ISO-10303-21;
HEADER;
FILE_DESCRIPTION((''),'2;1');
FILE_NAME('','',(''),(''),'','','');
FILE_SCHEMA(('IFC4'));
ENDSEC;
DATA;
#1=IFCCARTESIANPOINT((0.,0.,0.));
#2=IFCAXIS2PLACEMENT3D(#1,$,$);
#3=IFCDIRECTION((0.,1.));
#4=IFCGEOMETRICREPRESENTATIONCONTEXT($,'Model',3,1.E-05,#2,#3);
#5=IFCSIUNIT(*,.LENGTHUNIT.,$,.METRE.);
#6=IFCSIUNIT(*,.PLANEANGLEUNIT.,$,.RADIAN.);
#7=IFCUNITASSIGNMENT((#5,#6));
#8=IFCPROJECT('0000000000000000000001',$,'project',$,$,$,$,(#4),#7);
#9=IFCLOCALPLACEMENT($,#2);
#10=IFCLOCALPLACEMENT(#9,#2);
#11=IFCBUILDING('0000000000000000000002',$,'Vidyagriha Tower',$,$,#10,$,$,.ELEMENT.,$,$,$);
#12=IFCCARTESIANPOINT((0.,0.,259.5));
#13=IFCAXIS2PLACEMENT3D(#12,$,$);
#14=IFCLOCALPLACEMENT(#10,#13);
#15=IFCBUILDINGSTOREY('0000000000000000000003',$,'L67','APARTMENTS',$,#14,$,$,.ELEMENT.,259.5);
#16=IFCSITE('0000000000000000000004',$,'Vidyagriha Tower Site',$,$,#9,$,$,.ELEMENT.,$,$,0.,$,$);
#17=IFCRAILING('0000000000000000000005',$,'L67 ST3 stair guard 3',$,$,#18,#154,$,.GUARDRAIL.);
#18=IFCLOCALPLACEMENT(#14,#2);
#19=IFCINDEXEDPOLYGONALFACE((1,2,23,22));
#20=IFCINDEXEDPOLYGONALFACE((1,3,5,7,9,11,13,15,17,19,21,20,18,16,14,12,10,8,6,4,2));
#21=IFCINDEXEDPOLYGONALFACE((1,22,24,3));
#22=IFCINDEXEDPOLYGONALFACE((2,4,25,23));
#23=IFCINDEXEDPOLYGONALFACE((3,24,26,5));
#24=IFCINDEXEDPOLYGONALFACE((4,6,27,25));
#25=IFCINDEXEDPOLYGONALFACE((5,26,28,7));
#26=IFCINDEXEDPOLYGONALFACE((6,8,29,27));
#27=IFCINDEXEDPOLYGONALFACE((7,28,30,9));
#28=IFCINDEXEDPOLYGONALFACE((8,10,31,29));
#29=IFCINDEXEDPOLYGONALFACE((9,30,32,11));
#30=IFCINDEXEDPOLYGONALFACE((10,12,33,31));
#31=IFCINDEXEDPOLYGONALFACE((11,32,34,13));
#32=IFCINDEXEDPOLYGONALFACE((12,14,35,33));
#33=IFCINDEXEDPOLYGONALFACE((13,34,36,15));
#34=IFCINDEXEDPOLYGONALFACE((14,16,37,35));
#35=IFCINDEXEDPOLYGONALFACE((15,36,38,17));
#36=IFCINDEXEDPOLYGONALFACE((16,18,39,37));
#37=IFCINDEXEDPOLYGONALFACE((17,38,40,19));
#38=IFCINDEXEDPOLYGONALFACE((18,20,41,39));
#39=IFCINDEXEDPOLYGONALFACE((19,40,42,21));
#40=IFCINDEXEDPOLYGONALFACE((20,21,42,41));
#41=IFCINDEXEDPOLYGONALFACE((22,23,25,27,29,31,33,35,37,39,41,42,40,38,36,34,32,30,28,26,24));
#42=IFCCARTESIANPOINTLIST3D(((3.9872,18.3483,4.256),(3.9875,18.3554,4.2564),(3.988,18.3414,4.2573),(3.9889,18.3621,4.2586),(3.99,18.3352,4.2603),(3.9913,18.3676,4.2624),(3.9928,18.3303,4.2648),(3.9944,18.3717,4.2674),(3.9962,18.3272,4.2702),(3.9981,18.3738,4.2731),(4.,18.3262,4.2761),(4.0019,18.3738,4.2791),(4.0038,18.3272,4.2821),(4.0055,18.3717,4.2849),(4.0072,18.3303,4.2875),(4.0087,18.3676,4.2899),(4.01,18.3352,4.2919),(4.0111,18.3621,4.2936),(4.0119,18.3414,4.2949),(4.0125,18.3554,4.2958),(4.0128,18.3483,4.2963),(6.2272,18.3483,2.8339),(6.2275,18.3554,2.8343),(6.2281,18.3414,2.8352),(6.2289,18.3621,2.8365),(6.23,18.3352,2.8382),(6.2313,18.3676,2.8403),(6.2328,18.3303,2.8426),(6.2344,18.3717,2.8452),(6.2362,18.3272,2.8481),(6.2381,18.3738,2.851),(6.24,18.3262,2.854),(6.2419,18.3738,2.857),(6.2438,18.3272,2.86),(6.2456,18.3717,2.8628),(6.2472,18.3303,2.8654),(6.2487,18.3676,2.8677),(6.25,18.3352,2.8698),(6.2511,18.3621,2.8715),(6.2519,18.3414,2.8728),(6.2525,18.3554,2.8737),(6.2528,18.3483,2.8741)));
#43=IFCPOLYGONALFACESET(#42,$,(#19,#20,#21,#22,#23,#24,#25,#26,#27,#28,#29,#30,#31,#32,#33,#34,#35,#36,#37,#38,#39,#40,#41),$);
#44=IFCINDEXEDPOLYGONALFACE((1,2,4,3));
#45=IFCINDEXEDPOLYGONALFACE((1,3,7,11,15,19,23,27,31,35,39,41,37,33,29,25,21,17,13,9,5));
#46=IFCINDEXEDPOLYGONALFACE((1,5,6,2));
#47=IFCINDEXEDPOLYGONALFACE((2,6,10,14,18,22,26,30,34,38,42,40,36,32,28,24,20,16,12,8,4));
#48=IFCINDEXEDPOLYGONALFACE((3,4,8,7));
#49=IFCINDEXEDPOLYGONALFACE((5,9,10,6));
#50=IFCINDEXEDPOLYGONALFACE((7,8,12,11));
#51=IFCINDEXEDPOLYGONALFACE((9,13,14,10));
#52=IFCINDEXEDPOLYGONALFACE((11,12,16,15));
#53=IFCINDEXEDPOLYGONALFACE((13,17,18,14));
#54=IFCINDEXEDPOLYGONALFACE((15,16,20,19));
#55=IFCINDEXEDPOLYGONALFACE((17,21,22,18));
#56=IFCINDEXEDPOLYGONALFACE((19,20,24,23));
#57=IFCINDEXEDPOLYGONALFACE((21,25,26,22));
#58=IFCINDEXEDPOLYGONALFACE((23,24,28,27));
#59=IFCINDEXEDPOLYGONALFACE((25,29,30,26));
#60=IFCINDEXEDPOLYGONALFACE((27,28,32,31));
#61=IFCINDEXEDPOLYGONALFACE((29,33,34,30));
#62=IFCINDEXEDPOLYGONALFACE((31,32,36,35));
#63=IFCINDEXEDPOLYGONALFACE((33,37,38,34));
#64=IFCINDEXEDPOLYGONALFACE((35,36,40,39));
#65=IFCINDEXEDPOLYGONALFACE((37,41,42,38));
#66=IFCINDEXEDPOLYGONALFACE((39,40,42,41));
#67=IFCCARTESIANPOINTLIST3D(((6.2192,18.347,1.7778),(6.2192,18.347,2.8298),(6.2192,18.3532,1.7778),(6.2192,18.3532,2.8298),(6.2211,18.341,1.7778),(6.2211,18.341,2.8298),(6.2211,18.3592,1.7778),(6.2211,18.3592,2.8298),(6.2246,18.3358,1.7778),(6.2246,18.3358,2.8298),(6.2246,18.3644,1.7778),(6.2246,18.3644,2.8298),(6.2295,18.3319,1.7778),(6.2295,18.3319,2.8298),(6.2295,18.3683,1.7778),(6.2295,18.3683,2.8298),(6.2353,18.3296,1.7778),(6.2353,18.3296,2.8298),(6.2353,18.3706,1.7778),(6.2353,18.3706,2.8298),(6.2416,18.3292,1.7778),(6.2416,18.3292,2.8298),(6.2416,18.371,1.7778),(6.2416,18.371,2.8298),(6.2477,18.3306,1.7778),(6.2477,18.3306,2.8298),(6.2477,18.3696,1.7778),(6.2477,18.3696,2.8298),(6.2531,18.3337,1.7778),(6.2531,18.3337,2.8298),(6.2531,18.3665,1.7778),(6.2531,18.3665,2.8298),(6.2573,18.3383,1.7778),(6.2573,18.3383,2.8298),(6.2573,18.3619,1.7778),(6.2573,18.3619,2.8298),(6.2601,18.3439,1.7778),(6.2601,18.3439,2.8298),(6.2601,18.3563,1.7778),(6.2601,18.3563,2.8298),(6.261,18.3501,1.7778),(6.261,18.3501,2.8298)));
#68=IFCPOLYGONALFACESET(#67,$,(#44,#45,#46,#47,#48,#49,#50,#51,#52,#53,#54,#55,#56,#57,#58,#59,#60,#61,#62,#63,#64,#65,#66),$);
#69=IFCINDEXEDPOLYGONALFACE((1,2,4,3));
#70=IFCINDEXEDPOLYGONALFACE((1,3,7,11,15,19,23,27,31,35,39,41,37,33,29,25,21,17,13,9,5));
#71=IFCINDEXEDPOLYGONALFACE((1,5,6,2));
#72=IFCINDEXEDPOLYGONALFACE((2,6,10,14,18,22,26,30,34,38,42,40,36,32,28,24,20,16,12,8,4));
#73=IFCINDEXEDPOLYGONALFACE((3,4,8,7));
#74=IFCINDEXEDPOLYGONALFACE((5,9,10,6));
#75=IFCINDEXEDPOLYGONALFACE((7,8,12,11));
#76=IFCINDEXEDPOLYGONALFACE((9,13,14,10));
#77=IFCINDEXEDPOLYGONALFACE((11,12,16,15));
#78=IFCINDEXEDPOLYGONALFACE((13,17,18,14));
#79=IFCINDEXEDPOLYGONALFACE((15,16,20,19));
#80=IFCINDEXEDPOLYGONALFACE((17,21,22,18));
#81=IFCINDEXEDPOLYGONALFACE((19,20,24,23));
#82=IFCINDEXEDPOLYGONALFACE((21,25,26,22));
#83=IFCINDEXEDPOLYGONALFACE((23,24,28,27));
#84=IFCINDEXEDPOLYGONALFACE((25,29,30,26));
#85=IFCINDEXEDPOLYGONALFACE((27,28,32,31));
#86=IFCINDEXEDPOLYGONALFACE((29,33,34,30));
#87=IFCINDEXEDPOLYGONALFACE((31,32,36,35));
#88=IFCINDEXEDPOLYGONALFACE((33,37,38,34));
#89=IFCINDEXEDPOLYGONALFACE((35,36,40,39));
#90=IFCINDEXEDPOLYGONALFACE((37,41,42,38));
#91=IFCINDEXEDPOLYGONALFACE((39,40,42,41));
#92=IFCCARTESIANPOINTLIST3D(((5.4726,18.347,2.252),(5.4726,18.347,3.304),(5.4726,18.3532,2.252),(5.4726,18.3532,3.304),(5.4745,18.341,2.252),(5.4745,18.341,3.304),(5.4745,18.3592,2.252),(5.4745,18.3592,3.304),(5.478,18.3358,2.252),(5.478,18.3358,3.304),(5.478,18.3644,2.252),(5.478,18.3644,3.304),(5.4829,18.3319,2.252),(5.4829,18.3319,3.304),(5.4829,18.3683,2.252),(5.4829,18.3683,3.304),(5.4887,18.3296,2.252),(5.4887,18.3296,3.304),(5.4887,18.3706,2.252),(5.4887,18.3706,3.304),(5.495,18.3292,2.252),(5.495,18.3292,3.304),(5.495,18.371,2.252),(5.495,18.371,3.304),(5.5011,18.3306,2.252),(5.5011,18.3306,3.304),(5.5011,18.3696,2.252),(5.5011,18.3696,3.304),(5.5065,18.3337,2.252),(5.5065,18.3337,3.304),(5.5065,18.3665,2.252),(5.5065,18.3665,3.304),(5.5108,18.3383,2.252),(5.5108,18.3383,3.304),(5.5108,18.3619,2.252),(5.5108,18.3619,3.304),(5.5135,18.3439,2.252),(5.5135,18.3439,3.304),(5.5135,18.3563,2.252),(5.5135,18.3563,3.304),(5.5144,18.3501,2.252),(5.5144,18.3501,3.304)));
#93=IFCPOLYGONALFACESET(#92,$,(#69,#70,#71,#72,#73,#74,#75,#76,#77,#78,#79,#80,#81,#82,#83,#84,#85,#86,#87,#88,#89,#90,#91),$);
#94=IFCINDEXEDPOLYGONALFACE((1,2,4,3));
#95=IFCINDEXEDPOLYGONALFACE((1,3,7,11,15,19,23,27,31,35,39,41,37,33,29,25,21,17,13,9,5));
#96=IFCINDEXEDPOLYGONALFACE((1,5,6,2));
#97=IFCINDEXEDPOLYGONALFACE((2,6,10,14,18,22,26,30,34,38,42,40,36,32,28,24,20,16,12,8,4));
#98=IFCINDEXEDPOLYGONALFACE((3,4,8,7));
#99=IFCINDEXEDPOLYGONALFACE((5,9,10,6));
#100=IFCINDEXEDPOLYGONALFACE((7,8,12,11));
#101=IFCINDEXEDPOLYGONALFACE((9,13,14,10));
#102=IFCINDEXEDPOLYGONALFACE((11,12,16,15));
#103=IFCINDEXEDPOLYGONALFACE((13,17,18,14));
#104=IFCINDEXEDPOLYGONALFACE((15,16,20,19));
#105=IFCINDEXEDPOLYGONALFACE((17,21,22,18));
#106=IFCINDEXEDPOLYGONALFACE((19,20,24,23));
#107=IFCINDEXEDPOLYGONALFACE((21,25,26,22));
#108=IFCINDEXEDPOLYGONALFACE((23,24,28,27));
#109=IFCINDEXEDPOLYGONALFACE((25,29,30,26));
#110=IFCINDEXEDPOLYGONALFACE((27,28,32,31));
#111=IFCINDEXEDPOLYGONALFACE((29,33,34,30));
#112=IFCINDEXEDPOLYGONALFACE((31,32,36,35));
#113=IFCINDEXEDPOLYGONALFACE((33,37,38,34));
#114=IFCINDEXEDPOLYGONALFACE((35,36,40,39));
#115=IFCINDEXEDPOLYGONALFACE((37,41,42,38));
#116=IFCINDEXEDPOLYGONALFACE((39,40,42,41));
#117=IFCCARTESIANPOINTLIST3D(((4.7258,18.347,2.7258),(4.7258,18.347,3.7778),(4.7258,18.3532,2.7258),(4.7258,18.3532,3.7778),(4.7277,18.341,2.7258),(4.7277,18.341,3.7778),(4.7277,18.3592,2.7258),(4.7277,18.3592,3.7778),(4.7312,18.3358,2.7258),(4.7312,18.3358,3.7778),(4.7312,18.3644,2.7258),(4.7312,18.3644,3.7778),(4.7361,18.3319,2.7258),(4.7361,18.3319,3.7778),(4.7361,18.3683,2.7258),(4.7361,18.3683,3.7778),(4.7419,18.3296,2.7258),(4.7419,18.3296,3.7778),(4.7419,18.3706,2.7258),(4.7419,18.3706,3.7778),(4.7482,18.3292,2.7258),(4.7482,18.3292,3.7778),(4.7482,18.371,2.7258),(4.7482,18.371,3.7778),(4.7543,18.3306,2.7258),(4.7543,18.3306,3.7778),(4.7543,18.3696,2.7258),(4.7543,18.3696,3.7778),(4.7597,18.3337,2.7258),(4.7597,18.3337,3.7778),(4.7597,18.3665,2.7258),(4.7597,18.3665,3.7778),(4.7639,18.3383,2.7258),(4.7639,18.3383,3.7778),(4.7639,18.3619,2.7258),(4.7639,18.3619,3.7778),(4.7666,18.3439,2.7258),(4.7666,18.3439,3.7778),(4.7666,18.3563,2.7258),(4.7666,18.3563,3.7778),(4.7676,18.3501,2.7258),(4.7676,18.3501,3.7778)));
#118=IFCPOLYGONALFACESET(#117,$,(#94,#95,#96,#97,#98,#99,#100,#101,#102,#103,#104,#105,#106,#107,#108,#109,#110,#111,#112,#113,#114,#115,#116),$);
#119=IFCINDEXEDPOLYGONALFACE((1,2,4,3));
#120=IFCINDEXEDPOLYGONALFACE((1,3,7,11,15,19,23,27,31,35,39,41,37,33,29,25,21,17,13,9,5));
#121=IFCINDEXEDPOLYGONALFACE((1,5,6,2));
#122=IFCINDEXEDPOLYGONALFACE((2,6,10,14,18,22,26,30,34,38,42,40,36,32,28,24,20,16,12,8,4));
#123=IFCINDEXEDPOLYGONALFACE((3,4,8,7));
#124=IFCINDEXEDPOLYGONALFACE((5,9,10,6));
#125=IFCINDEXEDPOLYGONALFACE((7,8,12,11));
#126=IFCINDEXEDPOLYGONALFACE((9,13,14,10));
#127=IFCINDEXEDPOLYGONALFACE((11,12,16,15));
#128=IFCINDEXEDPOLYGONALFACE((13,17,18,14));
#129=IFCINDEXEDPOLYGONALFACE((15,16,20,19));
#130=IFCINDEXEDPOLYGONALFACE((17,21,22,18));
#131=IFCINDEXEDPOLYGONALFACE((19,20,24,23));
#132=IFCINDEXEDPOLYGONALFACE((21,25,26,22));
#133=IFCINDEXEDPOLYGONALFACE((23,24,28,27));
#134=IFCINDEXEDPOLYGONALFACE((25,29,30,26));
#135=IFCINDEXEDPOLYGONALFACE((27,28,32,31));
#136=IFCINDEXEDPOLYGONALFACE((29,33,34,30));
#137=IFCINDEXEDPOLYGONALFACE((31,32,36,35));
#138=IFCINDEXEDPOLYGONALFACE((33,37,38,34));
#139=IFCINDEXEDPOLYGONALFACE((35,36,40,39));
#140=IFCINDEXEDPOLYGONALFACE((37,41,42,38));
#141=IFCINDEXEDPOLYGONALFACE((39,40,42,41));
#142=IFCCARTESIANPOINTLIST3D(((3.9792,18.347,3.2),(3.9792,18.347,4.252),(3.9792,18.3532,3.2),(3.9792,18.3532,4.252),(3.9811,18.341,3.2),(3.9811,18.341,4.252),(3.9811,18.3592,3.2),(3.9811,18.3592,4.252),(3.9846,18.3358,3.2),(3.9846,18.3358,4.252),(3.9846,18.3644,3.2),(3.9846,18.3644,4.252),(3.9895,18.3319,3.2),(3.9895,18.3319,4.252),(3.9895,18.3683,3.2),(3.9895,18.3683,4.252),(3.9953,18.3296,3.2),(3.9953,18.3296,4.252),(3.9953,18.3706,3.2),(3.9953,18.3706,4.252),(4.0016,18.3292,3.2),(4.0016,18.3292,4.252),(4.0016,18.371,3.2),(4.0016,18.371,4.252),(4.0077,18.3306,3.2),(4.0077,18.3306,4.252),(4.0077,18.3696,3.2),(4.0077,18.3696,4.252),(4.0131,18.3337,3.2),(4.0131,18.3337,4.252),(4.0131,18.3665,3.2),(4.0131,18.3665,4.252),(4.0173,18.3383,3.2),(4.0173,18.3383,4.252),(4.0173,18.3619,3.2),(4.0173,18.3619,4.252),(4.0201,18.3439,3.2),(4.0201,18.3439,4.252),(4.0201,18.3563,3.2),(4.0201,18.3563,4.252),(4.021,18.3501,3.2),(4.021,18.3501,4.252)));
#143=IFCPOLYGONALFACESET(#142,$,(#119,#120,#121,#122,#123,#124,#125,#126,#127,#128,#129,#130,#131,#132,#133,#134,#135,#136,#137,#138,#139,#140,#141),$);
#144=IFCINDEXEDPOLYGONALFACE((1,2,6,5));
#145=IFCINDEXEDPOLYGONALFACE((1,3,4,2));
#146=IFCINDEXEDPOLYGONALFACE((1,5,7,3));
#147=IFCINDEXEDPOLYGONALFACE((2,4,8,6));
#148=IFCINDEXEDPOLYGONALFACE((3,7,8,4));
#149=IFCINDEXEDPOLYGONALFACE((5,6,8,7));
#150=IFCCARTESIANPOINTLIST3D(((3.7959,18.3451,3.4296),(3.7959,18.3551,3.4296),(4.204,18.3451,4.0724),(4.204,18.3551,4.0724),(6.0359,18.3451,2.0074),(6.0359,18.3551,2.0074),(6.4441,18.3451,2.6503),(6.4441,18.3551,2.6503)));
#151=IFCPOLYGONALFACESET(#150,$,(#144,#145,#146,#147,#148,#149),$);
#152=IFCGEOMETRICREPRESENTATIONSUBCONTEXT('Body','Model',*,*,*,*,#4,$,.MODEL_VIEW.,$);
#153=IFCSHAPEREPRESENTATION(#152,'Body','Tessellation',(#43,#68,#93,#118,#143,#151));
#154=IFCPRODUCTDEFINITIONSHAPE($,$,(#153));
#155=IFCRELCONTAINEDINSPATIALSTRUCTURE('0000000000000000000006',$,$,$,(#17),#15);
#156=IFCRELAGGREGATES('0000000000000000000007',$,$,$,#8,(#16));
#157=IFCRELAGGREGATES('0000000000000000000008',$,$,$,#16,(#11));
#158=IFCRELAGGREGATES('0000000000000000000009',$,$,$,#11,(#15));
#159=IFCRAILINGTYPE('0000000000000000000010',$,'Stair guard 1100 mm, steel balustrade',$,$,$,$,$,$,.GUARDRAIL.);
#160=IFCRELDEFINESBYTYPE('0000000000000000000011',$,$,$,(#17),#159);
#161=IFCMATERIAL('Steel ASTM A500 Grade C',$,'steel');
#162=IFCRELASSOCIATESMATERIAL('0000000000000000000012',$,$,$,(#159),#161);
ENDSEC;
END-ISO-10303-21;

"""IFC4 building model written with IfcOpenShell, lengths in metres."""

from ifc_helpers import new_model, si_unit, direction, frame, origin, origin_2d, place, context, subcontext, project, spatial, rectangle, circle, extrude, material, type_object, element, save


model = new_model("IFC4")

# Units and contexts
model_context = context("Model", 3, precision=1e-05, world=origin(), true_north=direction((0.0, 1.0)))
body_context = subcontext(model_context, "Body", "Model", "MODEL_VIEW")
ifc_project = project(units=[si_unit("LENGTHUNIT", "METRE"), si_unit("PLANEANGLEUNIT", "RADIAN")], contexts=[model_context])

# Site, building, storey
site_placement = place(None, origin())
site = spatial("IfcSite", under=ifc_project, at=site_placement, Name="Vidyagriha Tower Site", CompositionType="ELEMENT", RefElevation=0.0)
building_placement = place(site_placement, origin())
building = spatial("IfcBuilding", under=site, at=building_placement, Name="Vidyagriha Tower", CompositionType="ELEMENT")
storey_placement = place(building_placement, frame((0.0, 0.0, 259.5)))
storey = spatial("IfcBuildingStorey", under=building, at=storey_placement, Name="L67", Description="APARTMENTS", CompositionType="ELEMENT", Elevation=259.5)

# Railing
ifc_material_1 = material(Name="Steel ASTM A500 Grade C", Category="steel")
railing_type_1 = type_object("IfcRailingType", Name="Stair guard 1100 mm, steel balustrade", PredefinedType="GUARDRAIL", material=ifc_material_1)
railing_1_placement = place(storey_placement, frame((6.24, 18.3501, 1.7778)))
element("IfcRailing", 1, at=railing_1_placement, inside=storey, type_object=railing_type_1, Name="L67 ST3 stair guard 3", PredefinedType="GUARDRAIL", context=body_context, shape_type="SweptSolid", body=[
    extrude(circle(Radius=0.0239, at=origin_2d()), frame((0.0, 0.0, 1.0762), z_axis=(-0.844229, 0.0, 0.535982), x_axis=(0.0, -1.0, 0.0)), (0.0, 0.0, 1.0), 2.6533),
    extrude(circle(Radius=0.021, at=origin_2d()), origin(), (0.0, 0.0, 1.0), 1.052),
    extrude(circle(Radius=0.021, at=origin_2d()), frame((-0.7466, 0.0, 0.4741)), (0.0, 0.0, 1.0), 1.052),
    extrude(circle(Radius=0.021, at=origin_2d()), frame((-1.4934, 0.0, 0.948)), (0.0, 0.0, 1.0), 1.052),
    extrude(circle(Radius=0.021, at=origin_2d()), frame((-2.24, 0.0, 1.4221)), (0.0, 0.0, 1.0), 1.052),
    extrude(rectangle(XDim=0.01, YDim=0.7615, at=origin_2d()), frame((0.0, 0.0, 0.551), z_axis=(-0.844229, 0.0, 0.535982), x_axis=(0.0, -1.0, 0.0)), (0.0, 0.0, 1.0), 2.6533),
])

save(model, "model.ifc")
